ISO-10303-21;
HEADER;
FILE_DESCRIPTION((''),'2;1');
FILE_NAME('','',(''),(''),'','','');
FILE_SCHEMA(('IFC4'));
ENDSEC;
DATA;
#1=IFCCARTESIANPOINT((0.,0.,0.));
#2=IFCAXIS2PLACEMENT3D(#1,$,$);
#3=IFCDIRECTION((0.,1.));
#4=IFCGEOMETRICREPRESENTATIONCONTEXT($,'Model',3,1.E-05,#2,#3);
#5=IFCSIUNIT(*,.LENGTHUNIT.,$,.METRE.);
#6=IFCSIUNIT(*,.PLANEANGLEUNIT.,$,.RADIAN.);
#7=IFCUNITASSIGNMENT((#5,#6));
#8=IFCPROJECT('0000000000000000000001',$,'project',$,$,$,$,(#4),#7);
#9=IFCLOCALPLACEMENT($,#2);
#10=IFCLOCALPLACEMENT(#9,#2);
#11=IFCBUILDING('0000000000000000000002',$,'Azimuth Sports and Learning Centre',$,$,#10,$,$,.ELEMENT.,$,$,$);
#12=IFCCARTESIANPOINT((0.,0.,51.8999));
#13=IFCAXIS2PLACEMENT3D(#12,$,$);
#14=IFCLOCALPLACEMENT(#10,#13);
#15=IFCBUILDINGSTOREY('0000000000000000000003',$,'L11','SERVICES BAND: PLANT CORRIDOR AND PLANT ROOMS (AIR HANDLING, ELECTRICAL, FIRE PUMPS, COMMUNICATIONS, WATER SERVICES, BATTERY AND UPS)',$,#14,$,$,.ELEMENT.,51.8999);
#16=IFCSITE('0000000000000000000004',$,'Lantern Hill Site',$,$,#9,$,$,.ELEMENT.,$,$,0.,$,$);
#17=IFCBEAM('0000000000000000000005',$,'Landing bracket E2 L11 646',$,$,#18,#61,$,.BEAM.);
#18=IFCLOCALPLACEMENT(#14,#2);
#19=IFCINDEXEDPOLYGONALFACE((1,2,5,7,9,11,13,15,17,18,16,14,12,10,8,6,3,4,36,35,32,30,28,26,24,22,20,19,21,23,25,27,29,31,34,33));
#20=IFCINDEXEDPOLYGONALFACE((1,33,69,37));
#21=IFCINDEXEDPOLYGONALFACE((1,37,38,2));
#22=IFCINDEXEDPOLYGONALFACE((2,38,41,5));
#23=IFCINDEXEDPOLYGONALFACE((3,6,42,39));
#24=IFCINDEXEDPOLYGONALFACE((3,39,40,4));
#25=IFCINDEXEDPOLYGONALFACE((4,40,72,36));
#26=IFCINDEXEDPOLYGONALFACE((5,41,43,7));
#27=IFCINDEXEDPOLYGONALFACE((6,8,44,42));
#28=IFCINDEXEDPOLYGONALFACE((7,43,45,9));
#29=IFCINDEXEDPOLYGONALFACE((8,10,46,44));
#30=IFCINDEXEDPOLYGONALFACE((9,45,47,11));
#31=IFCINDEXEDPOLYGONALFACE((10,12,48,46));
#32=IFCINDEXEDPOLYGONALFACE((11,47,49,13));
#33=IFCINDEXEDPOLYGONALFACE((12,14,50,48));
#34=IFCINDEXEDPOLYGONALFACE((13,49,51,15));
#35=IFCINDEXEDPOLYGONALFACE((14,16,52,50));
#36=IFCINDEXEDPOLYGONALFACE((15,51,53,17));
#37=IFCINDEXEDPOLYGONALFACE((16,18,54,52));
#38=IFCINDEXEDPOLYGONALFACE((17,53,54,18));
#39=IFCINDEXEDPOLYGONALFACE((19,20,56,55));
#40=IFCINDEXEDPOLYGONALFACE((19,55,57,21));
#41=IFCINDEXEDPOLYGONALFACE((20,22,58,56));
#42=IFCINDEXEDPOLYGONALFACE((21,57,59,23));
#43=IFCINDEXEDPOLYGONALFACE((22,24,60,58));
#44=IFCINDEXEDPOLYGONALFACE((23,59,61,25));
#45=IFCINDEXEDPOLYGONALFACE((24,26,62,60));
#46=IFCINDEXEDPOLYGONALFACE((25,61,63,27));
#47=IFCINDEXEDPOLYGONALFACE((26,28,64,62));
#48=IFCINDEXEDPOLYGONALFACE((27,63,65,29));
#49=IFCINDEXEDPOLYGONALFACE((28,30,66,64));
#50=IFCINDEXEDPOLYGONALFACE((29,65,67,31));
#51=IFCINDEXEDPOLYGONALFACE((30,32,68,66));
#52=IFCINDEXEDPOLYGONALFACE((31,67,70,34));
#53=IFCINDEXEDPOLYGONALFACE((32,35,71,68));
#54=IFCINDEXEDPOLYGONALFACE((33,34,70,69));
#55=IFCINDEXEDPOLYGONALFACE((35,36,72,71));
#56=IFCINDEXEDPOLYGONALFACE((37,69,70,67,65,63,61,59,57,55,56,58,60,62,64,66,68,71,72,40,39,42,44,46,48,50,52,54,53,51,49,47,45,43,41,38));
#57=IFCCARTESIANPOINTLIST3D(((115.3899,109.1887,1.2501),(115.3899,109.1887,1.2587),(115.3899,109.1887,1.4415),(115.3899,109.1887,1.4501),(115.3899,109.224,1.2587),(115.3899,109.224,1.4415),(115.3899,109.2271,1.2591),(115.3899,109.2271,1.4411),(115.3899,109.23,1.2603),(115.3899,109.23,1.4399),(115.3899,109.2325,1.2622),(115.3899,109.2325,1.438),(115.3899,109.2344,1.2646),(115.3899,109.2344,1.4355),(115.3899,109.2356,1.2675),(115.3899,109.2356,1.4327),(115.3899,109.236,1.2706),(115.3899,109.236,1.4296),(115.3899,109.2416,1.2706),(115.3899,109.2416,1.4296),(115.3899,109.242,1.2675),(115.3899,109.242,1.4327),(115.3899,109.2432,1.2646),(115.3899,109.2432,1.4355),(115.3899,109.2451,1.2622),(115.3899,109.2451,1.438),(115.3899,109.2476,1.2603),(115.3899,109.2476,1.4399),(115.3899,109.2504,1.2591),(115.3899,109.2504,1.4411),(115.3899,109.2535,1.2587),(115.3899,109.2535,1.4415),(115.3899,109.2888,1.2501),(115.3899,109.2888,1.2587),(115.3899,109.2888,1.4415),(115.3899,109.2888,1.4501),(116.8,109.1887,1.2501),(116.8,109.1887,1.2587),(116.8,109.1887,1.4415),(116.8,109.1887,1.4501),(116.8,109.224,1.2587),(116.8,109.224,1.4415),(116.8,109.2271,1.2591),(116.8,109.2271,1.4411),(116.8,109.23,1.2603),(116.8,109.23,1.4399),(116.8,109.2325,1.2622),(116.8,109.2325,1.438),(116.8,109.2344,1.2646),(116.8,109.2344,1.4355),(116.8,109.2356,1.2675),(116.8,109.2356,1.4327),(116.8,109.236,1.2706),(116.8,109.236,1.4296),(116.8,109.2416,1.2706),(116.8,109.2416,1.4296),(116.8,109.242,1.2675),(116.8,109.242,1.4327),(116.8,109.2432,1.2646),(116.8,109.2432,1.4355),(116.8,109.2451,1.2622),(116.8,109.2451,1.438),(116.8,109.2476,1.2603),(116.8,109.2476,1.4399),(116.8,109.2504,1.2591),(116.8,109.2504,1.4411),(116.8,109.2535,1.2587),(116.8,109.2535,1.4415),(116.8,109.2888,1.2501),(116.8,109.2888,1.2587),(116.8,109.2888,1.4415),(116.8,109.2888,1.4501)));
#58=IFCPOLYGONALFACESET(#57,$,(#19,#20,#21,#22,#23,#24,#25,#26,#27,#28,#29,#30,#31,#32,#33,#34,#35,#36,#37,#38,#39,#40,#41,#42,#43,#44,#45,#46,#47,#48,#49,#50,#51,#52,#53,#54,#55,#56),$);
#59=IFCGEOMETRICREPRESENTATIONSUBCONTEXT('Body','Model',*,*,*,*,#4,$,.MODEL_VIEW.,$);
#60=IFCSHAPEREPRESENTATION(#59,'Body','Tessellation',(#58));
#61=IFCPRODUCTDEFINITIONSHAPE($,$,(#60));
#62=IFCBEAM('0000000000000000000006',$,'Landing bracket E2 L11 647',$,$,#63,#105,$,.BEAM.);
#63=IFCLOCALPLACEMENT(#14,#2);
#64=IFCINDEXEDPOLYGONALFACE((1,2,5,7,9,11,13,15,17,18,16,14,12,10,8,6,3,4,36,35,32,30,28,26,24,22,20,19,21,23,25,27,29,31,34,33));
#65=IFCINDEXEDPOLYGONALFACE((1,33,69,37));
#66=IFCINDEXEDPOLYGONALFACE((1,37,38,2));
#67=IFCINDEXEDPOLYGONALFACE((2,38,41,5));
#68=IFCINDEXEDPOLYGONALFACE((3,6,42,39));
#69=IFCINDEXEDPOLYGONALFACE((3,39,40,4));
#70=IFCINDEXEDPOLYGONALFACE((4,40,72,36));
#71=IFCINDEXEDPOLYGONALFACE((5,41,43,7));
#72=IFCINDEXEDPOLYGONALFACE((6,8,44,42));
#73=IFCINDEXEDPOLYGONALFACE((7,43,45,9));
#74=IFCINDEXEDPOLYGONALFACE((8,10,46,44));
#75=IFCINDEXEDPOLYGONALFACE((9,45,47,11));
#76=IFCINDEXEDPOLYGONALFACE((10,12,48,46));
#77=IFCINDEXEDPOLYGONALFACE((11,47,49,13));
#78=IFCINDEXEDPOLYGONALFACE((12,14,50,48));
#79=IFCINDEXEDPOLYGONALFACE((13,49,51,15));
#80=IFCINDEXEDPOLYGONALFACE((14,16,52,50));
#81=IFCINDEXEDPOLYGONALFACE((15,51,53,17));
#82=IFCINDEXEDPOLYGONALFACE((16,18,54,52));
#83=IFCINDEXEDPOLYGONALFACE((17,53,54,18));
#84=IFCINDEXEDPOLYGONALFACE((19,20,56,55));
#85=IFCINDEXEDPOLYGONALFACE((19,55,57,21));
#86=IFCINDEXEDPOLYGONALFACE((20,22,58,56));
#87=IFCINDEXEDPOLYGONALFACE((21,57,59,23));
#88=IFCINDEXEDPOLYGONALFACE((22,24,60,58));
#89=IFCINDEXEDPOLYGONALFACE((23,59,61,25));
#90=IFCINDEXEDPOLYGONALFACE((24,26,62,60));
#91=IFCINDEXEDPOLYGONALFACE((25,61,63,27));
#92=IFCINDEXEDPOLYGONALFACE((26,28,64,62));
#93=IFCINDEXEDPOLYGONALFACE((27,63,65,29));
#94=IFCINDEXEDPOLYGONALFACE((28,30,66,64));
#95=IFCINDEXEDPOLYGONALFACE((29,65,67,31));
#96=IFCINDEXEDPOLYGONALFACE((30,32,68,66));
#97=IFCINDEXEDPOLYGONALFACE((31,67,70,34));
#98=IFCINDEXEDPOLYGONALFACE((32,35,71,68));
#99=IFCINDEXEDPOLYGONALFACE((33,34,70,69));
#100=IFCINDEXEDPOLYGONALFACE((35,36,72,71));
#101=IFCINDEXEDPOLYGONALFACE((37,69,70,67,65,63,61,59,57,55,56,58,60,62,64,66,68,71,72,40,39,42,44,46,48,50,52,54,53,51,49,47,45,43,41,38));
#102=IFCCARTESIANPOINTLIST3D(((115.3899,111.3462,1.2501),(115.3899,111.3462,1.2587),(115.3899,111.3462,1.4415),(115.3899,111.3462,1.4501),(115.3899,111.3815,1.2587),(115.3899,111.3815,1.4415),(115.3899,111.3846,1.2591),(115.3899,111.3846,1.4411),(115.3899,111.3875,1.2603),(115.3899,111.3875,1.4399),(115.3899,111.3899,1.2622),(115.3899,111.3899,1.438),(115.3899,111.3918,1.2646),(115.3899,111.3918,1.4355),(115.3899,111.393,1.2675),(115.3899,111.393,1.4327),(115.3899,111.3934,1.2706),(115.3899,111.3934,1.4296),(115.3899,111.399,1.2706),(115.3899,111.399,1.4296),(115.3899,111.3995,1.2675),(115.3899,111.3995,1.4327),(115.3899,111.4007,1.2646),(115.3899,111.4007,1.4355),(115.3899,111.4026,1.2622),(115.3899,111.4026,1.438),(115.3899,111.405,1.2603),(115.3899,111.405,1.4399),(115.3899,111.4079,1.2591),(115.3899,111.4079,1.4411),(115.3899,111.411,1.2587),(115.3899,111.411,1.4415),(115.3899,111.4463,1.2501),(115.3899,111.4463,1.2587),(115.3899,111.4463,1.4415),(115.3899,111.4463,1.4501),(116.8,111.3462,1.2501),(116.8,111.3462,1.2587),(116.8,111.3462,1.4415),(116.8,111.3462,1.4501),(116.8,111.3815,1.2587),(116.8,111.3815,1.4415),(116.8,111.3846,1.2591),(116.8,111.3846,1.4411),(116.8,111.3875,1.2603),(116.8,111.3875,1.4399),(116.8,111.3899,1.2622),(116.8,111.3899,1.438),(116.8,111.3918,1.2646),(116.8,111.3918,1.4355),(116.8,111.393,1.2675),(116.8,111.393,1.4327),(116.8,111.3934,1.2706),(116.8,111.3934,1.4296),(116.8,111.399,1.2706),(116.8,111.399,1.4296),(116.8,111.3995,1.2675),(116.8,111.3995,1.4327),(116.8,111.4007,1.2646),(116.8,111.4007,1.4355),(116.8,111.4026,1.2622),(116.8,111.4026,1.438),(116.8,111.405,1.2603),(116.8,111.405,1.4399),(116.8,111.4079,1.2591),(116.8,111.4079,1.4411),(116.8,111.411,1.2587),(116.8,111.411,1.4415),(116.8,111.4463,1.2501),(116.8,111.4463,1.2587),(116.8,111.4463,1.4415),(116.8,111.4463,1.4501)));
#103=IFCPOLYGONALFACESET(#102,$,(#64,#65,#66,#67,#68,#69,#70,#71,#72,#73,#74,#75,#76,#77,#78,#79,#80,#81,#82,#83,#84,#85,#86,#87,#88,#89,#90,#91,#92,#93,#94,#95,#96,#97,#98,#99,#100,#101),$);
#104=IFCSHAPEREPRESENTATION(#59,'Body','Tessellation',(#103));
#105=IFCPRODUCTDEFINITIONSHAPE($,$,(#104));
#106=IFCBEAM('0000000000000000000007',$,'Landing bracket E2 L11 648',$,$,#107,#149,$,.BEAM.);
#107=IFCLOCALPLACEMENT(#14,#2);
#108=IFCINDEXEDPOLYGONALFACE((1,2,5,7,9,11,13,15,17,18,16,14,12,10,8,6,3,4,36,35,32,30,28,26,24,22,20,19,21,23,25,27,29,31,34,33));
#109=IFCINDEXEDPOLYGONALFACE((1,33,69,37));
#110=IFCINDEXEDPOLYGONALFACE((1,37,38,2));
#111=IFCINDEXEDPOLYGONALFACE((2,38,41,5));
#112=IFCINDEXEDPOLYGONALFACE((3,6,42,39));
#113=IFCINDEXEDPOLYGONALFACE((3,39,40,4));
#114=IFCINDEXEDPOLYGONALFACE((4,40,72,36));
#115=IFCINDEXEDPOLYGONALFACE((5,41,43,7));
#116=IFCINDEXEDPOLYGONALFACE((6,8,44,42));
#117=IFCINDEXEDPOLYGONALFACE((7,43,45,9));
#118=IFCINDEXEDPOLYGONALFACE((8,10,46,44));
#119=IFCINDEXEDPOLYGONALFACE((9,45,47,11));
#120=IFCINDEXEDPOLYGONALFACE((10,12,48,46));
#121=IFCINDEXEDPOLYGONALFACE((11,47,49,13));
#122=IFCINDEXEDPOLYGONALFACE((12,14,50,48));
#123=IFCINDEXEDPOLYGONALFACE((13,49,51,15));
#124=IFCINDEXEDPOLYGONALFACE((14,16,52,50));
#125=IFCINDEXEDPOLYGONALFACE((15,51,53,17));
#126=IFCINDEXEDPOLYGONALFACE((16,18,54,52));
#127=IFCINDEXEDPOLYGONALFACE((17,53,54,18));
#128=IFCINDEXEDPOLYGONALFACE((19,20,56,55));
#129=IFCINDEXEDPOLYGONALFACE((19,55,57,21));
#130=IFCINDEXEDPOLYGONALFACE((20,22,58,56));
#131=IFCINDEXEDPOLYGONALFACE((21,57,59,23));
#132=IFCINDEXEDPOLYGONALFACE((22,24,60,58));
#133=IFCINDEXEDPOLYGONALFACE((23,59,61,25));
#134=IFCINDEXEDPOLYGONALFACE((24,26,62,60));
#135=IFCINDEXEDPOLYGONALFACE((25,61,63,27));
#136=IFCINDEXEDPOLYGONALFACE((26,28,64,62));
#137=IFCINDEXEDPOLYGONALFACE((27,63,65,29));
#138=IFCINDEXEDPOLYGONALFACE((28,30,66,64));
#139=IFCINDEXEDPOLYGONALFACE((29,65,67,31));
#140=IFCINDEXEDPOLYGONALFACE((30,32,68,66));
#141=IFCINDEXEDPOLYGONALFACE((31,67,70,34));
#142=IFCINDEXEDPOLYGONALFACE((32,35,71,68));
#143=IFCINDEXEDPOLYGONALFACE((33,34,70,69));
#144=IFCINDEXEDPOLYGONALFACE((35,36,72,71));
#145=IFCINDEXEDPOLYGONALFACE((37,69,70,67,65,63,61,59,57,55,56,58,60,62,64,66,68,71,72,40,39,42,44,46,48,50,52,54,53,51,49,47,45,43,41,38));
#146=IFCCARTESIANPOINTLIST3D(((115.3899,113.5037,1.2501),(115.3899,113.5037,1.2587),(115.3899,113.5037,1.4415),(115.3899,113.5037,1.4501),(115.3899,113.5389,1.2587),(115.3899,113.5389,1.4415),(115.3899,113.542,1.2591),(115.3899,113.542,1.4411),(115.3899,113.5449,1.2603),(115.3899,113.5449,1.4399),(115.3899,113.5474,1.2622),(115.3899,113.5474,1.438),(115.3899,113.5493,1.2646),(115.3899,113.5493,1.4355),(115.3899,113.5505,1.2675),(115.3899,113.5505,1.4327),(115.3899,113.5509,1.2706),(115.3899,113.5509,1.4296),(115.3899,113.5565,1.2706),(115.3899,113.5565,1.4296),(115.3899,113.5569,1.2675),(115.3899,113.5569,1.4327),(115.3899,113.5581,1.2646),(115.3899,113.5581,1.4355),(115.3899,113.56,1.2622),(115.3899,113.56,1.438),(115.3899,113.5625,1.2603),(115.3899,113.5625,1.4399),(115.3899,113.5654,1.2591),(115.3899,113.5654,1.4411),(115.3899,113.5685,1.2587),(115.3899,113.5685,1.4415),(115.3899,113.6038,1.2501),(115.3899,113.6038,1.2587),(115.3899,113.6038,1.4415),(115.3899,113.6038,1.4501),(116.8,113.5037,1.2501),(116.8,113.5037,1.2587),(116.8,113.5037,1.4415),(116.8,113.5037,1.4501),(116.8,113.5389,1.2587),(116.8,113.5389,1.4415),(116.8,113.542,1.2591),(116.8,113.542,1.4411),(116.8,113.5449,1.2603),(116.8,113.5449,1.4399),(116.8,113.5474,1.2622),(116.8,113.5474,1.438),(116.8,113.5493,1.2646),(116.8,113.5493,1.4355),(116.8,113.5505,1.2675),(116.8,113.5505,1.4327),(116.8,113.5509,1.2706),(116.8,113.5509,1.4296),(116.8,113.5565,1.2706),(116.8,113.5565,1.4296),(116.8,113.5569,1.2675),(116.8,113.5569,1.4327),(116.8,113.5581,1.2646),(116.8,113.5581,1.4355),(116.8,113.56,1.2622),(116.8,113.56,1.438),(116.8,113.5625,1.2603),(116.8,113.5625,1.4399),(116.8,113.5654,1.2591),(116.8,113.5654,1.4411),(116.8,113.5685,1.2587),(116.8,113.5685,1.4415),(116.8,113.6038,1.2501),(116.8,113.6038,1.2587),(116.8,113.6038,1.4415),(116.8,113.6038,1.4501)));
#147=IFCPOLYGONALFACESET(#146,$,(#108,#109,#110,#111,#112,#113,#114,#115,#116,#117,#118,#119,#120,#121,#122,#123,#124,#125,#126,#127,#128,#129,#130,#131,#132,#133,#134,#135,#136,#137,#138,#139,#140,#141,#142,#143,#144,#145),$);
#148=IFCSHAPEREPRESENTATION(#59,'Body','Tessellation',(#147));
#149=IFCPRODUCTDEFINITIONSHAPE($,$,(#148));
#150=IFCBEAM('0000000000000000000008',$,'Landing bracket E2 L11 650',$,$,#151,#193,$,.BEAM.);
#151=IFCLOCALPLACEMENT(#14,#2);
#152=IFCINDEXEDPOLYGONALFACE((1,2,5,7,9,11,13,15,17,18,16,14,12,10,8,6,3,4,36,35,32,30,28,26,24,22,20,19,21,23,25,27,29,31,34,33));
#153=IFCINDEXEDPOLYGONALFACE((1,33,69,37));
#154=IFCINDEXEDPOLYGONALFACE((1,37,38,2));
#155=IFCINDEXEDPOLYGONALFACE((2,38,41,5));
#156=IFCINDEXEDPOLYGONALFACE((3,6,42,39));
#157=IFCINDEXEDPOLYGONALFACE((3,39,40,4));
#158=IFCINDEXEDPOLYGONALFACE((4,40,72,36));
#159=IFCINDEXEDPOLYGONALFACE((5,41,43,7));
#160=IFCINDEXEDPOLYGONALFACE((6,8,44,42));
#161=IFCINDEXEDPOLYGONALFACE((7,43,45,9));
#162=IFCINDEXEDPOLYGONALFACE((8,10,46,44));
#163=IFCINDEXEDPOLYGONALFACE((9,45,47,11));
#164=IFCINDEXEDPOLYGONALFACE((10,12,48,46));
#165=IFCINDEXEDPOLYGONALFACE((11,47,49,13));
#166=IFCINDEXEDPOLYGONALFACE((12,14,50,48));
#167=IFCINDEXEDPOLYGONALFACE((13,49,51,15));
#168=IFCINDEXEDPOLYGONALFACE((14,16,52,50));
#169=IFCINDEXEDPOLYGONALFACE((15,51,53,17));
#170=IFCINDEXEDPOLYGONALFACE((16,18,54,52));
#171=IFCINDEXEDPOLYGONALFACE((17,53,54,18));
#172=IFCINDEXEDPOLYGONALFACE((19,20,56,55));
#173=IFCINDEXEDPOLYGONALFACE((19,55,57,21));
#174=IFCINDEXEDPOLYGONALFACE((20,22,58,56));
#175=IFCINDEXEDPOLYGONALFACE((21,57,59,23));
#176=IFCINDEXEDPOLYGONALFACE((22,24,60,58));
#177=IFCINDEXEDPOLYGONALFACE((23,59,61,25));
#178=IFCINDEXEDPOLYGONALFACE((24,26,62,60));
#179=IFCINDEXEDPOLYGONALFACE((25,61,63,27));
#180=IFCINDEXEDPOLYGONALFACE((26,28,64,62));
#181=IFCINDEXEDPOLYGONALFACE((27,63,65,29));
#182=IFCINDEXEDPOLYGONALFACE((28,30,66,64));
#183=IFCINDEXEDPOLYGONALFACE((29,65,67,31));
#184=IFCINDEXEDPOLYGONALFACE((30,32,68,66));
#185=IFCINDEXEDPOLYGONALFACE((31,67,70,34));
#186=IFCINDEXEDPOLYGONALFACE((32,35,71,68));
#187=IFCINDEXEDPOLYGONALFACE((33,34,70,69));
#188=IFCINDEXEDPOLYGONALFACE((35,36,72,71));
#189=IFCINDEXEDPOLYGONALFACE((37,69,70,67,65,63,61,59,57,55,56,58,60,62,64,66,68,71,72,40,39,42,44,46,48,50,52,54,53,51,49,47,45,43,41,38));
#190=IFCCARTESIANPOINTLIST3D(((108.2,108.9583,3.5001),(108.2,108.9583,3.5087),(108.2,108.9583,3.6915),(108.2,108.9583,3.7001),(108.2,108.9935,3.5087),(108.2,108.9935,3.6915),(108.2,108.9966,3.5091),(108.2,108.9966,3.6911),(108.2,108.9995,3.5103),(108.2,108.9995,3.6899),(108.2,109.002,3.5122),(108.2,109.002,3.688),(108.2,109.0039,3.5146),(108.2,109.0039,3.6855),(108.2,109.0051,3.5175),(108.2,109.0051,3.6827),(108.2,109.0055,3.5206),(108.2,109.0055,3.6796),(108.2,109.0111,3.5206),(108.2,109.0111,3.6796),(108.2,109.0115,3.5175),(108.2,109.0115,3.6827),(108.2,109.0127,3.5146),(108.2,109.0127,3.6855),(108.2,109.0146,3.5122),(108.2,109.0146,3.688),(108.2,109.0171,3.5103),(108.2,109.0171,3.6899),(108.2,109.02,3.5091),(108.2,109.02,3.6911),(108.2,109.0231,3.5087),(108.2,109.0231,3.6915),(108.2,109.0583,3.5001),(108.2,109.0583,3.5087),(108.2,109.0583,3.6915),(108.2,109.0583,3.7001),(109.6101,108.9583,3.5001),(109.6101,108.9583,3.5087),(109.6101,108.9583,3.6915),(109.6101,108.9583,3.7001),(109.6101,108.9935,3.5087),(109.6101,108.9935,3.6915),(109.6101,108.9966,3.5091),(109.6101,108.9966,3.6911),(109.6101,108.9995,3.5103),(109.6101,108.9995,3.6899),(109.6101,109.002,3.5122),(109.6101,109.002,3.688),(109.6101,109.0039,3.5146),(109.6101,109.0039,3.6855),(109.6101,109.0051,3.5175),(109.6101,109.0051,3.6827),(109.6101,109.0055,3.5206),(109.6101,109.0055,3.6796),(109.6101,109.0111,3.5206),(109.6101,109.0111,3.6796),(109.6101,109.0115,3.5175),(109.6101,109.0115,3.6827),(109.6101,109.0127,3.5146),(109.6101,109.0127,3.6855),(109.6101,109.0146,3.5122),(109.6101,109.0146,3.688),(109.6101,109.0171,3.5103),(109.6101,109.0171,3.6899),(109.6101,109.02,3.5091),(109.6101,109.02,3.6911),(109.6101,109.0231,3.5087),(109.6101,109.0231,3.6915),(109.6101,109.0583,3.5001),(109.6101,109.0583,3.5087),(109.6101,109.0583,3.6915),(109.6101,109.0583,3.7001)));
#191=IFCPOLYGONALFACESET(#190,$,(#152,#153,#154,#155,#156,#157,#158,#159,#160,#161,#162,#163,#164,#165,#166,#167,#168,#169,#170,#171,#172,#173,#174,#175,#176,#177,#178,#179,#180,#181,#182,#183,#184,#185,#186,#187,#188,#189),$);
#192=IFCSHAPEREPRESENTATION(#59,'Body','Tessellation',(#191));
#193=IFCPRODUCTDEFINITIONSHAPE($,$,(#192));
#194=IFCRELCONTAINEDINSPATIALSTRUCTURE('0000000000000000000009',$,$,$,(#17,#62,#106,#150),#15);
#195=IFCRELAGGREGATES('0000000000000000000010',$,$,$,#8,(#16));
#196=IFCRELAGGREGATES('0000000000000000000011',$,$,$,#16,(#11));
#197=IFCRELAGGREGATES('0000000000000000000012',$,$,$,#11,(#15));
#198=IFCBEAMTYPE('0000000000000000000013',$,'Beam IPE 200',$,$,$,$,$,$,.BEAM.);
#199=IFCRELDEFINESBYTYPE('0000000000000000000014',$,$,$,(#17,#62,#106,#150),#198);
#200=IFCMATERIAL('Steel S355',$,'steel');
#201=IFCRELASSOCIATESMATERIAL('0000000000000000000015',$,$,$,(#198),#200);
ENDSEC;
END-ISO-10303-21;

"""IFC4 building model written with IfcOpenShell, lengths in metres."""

from ifc_helpers import new_model, si_unit, direction, frame, origin, origin_2d, place, context, subcontext, project, spatial, i_section, extrude, material, material_profile, profile_set, type_object, element, save


model = new_model("IFC4")

# Units and contexts
model_context = context("Model", 3, precision=1e-05, world=origin(), true_north=direction((0.0, 1.0)))
body_context = subcontext(model_context, "Body", "Model", "MODEL_VIEW")
ifc_project = project(units=[si_unit("LENGTHUNIT", "METRE"), si_unit("PLANEANGLEUNIT", "RADIAN")], contexts=[model_context])

# Site, building, storey
site_placement = place(None, origin())
site = spatial("IfcSite", under=ifc_project, at=site_placement, Name="Lantern Hill Site", CompositionType="ELEMENT", RefElevation=0.0)
building_placement = place(site_placement, origin())
building = spatial("IfcBuilding", under=site, at=building_placement, Name="Azimuth Sports and Learning Centre", CompositionType="ELEMENT")
storey_placement = place(building_placement, frame((0.0, 0.0, 51.8999)))
storey = spatial("IfcBuildingStorey", under=building, at=storey_placement, Name="L11", Description="SERVICES BAND: PLANT CORRIDOR AND PLANT ROOMS (AIR HANDLING, ELECTRICAL, FIRE PUMPS, COMMUNICATIONS, WATER SERVICES, BATTERY AND UPS)", CompositionType="ELEMENT", Elevation=51.8999)

# Beams
ifc_material_1 = material(Name="Steel S355", Category="steel")
ifc_material_profile = material_profile(ifc_material_1, i_section(OverallWidth=0.1001, OverallDepth=0.2, WebThickness=0.0056, FlangeThickness=0.0085, FilletRadius=0.012, at=origin_2d()), Name="IPE 200")
ifc_profile_set = profile_set([ifc_material_profile], Name="Steel S355")
beam_type = type_object("IfcBeamType", Name="Beam IPE 200", PredefinedType="BEAM", material=ifc_profile_set)
for number, where, z_axis, x_axis, name in (
    (1, (116.8, 109.2388, 1.3501), (-1.0, 0.0, 0.0), (0.0, -1.0, 0.0), "Landing bracket E2 L11 646"),
    (2, (116.8, 111.3962, 1.3501), (-1.0, 0.0, 0.0), (0.0, -1.0, 0.0), "Landing bracket E2 L11 647"),
    (3, (116.8, 113.5537, 1.3501), (-1.0, 0.0, 0.0), (0.0, -1.0, 0.0), "Landing bracket E2 L11 648"),
    (4, (108.2, 109.0083, 3.6001), (1.0, 0.0, 0.0), (0.0, 1.0, 0.0), "Landing bracket E2 L11 650"),
):
    element("IfcBeam", number, at=place(storey_placement, frame(where, z_axis=z_axis, x_axis=x_axis)), inside=storey, type_object=beam_type, Name=name, PredefinedType="BEAM", context=body_context, shape_type="SweptSolid", body=[
        extrude(i_section(OverallWidth=0.1001, OverallDepth=0.2, WebThickness=0.0056, FlangeThickness=0.0085, FilletRadius=0.012, at=origin_2d()), origin(), (0.0, 0.0, 1.0), 1.4102),
    ])

save(model, "model.ifc")
